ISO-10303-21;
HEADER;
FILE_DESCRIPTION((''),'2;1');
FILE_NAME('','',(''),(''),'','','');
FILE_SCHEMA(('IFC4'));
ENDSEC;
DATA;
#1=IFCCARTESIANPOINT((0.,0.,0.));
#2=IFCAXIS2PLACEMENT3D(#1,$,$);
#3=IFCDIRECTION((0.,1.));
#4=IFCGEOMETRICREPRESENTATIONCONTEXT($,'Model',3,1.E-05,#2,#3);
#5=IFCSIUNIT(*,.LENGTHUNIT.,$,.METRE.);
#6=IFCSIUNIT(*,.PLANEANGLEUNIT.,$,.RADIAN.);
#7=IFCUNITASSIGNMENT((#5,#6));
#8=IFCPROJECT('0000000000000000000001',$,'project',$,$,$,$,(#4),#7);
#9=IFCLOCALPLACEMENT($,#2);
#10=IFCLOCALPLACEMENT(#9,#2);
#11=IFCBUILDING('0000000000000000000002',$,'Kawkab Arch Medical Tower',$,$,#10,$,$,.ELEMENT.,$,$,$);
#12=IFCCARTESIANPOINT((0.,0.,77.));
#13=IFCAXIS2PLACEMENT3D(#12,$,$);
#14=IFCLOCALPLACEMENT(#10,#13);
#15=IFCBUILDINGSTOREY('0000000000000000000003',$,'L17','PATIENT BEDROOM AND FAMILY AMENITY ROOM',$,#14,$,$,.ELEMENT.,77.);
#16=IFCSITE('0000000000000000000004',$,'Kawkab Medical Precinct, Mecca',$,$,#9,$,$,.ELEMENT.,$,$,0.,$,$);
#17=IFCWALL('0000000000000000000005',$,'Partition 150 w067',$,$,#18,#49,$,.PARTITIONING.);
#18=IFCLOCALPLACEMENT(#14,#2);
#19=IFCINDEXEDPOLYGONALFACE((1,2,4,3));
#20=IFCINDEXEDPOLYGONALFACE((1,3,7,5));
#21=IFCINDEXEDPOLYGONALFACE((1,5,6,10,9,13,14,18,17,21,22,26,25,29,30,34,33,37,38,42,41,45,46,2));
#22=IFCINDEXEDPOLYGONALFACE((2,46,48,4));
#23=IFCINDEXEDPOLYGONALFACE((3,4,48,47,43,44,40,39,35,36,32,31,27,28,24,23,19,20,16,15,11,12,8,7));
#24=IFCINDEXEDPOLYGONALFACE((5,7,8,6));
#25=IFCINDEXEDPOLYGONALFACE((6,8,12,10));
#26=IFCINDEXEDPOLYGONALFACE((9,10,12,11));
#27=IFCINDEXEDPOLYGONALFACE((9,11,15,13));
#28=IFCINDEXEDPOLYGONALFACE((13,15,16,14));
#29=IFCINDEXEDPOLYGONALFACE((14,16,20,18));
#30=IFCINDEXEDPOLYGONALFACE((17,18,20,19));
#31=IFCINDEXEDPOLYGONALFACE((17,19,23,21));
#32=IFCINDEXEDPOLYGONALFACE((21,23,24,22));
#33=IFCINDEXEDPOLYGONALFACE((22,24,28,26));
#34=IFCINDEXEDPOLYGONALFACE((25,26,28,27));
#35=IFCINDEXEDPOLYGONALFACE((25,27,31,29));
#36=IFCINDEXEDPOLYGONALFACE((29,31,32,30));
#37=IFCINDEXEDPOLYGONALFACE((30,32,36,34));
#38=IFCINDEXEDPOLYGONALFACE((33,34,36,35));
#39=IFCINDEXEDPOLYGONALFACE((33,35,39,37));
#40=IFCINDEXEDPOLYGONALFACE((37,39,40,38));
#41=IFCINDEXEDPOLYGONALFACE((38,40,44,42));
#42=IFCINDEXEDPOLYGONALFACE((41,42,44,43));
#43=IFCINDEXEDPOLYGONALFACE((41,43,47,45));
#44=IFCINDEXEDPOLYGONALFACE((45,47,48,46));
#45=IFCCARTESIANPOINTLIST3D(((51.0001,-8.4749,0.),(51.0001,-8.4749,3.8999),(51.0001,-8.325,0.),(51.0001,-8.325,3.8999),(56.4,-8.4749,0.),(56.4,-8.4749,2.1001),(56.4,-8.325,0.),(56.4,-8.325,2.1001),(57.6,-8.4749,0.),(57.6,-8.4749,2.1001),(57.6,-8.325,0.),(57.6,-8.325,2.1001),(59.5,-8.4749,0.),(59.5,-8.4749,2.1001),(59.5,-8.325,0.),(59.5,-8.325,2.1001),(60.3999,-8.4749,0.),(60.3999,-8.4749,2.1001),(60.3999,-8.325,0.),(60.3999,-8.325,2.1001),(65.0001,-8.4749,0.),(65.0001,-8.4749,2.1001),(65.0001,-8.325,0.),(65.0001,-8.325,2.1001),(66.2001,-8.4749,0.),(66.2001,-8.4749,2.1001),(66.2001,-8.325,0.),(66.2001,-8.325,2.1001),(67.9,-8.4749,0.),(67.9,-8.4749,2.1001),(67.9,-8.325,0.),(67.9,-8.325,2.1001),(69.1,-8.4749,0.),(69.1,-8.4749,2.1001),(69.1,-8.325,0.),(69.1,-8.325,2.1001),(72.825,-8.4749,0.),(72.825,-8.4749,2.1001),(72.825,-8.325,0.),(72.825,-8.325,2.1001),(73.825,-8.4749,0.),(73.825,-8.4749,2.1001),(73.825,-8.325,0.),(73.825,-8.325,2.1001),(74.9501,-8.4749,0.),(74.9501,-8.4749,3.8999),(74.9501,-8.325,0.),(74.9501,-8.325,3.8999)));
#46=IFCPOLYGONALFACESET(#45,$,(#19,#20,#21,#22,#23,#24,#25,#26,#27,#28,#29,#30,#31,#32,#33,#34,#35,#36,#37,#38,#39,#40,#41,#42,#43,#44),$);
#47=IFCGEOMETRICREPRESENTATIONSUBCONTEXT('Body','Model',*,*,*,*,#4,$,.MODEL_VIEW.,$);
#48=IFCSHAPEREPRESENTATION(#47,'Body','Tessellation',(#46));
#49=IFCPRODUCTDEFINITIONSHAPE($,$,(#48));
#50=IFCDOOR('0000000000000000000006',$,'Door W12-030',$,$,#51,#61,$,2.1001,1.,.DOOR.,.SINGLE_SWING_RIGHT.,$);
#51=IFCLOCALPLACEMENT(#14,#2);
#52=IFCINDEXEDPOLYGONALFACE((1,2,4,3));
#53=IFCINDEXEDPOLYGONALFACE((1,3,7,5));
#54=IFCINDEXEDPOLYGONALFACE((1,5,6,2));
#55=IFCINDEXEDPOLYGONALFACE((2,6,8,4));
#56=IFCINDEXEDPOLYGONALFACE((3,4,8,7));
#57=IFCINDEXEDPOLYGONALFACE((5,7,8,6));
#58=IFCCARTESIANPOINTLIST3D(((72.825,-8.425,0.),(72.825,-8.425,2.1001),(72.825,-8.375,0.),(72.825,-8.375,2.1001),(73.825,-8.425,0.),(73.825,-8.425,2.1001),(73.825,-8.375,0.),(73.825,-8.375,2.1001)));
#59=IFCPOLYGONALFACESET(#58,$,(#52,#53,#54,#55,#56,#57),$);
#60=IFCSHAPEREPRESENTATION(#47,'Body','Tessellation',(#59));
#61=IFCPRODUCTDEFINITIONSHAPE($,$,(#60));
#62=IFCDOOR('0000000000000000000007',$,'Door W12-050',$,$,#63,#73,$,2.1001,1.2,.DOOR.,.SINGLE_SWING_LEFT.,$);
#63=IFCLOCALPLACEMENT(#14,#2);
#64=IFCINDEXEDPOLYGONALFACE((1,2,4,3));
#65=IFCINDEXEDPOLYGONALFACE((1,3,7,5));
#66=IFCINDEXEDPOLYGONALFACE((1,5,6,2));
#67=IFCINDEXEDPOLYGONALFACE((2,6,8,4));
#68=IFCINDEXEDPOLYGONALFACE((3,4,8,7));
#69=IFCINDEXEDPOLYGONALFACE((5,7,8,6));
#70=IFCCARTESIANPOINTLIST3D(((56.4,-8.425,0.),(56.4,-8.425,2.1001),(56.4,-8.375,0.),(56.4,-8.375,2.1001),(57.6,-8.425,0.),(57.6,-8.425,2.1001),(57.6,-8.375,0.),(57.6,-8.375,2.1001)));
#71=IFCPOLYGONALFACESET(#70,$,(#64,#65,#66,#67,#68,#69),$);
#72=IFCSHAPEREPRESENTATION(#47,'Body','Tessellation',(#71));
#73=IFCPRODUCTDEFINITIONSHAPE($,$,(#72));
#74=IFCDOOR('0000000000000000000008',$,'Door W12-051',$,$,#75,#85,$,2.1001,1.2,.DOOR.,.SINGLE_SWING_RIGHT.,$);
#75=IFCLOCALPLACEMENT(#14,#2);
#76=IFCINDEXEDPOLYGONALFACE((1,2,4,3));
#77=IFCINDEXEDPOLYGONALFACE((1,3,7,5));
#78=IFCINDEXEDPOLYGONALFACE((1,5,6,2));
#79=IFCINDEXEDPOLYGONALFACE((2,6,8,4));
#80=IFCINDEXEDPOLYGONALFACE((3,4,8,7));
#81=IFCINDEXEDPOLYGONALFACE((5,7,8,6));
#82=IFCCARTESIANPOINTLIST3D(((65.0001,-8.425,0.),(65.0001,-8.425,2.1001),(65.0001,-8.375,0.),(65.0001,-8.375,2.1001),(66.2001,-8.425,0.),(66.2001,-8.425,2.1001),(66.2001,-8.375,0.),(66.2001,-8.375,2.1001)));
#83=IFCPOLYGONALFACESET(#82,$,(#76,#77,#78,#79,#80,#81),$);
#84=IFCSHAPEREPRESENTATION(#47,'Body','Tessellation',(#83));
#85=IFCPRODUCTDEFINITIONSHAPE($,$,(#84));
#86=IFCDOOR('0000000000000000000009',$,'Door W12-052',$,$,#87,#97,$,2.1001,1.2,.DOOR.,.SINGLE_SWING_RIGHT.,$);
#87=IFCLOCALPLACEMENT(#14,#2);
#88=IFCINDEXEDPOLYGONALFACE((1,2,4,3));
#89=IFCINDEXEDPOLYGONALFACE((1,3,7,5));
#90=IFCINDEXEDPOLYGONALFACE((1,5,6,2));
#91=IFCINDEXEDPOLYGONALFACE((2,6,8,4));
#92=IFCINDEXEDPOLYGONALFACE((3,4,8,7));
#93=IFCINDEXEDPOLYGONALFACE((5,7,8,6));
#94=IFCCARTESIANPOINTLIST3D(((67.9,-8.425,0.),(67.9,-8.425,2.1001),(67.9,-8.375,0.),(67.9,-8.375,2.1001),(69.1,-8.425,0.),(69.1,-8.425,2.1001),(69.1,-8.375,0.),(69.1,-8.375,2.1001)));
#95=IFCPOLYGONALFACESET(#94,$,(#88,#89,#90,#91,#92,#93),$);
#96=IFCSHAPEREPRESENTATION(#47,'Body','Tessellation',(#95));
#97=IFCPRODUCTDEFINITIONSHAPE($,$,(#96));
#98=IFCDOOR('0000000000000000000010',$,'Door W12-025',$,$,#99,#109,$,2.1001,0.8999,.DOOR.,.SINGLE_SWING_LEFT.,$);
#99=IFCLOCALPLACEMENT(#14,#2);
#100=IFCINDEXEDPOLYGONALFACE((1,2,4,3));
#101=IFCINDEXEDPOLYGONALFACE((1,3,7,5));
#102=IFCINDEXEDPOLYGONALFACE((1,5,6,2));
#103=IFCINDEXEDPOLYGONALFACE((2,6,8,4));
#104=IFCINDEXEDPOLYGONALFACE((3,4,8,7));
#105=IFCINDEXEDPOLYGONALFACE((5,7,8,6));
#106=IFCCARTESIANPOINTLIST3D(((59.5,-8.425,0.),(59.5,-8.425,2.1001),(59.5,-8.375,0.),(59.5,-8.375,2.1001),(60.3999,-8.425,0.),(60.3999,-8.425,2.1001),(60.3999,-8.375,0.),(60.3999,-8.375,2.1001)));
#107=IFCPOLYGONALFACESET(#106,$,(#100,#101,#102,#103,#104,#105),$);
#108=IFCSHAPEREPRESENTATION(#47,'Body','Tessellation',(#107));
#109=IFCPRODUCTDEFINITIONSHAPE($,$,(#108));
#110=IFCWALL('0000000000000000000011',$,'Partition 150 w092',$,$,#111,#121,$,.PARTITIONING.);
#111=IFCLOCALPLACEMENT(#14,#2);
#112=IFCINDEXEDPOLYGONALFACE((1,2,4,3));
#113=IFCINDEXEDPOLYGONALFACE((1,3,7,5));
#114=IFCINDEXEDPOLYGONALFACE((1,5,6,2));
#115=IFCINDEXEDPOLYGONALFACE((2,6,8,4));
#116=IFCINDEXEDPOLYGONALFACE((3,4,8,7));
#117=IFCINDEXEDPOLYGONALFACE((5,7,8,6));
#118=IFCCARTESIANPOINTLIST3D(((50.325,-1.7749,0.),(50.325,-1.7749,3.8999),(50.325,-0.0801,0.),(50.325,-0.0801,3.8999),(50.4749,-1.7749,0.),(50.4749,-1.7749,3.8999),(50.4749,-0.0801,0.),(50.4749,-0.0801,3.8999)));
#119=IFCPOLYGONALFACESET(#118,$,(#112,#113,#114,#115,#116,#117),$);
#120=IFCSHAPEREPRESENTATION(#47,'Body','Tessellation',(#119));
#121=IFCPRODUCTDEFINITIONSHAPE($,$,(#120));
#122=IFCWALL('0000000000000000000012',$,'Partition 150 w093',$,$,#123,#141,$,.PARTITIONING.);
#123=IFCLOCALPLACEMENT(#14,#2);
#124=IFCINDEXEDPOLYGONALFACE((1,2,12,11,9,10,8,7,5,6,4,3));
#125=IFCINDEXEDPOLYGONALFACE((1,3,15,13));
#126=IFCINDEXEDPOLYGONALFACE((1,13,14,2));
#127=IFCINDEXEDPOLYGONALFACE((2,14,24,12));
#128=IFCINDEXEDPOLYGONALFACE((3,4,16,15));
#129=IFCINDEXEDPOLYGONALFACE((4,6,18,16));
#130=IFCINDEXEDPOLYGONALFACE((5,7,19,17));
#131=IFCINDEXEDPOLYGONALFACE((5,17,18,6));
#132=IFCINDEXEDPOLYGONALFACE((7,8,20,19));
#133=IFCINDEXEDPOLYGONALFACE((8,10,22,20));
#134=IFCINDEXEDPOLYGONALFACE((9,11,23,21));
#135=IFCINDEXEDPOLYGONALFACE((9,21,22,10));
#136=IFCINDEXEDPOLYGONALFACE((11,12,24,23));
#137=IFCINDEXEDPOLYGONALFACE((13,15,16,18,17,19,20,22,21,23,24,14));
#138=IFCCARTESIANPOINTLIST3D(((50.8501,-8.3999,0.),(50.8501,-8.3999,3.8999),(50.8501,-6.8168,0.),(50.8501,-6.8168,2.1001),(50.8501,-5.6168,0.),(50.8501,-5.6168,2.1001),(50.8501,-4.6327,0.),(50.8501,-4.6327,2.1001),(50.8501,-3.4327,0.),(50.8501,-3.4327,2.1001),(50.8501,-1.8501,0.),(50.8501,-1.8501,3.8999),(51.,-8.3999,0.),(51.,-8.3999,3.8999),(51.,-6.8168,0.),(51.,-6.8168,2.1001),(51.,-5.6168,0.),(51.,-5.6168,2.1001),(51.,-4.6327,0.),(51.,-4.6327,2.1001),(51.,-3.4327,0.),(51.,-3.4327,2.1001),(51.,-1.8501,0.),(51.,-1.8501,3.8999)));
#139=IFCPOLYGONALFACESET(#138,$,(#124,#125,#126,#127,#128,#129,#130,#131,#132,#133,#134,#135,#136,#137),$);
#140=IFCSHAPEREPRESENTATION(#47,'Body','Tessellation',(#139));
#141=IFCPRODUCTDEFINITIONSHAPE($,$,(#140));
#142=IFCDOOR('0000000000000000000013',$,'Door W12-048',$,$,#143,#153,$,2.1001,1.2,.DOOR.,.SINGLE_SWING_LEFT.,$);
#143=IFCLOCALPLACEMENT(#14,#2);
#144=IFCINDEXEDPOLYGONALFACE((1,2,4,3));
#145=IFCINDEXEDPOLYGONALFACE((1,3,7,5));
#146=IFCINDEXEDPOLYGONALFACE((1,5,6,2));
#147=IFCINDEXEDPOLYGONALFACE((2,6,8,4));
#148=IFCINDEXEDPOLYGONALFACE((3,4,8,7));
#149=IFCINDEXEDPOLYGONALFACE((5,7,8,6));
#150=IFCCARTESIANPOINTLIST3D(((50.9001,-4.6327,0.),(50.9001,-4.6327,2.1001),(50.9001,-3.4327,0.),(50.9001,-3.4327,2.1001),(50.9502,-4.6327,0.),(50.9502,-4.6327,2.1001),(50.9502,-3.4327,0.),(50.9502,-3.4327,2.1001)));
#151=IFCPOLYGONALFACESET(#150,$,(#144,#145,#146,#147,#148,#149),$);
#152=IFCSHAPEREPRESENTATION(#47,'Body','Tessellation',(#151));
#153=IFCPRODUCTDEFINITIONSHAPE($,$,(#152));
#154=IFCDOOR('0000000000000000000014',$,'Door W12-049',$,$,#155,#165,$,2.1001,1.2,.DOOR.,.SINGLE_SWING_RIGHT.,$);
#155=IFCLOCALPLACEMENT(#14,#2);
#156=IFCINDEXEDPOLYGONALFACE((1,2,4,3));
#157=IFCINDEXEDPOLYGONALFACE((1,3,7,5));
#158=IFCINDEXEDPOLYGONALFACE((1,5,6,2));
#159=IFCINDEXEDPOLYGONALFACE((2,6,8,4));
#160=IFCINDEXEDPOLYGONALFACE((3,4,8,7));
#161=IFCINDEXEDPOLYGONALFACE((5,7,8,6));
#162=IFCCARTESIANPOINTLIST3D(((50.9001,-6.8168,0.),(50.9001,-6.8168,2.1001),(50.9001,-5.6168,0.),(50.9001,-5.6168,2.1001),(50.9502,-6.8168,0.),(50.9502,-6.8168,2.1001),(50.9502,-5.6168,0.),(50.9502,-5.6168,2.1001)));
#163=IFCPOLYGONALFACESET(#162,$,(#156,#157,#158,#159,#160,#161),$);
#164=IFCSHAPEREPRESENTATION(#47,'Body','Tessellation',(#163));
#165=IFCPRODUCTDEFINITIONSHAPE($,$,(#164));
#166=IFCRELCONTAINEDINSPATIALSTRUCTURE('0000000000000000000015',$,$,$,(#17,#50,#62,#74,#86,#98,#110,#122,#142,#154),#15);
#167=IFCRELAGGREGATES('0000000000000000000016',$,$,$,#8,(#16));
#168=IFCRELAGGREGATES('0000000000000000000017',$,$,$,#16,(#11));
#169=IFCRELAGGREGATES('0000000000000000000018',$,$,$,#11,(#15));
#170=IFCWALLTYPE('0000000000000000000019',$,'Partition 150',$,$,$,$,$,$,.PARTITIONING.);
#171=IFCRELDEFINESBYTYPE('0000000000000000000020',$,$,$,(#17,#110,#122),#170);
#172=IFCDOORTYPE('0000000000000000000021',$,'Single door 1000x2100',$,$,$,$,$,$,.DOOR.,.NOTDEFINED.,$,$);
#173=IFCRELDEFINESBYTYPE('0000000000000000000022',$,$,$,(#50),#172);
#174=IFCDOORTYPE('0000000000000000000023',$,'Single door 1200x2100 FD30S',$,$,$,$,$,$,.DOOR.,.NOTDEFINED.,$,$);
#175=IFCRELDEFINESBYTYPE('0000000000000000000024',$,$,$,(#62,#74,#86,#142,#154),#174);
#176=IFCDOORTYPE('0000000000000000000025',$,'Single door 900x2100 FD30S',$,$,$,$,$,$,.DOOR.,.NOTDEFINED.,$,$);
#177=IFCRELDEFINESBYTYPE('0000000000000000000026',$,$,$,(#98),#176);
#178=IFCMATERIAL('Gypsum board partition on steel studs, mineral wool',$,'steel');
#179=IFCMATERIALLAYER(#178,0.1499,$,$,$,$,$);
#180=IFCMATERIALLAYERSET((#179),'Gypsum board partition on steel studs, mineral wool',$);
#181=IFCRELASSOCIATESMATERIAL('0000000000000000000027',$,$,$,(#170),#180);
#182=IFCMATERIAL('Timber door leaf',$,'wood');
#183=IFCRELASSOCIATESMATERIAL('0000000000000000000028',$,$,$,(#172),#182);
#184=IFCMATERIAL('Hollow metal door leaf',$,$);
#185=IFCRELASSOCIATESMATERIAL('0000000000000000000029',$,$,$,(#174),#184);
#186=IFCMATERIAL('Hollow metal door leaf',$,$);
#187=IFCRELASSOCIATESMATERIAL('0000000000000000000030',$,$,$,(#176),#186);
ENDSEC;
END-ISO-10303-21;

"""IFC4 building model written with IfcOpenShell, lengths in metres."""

from ifc_helpers import new_model, si_unit, direction, frame, frame_2d, origin, place, context, subcontext, project, spatial, rectangle, extrude, material, layer, layer_set, type_object, element, fill, save


model = new_model("IFC4")

# Units and contexts
model_context = context("Model", 3, precision=1e-05, world=origin(), true_north=direction((0.0, 1.0)))
body_context = subcontext(model_context, "Body", "Model", "MODEL_VIEW")
ifc_project = project(units=[si_unit("LENGTHUNIT", "METRE"), si_unit("PLANEANGLEUNIT", "RADIAN")], contexts=[model_context])

# Site, building, storey
site_placement = place(None, origin())
site = spatial("IfcSite", under=ifc_project, at=site_placement, Name="Kawkab Medical Precinct, Mecca", CompositionType="ELEMENT", RefElevation=0.0)
building_placement = place(site_placement, origin())
building = spatial("IfcBuilding", under=site, at=building_placement, Name="Kawkab Arch Medical Tower", CompositionType="ELEMENT")
storey_placement = place(building_placement, frame((0.0, 0.0, 77.0)))
storey = spatial("IfcBuildingStorey", under=building, at=storey_placement, Name="L17", Description="PATIENT BEDROOM AND FAMILY AMENITY ROOM", CompositionType="ELEMENT", Elevation=77.0)

# Wall, openings, doors
ifc_material_1 = material(Name="Gypsum board partition on steel studs, mineral wool", Category="steel")
ifc_layer_1 = layer(ifc_material_1, 0.1499)
ifc_layer_set_1 = layer_set([ifc_layer_1], Name="Gypsum board partition on steel studs, mineral wool")
wall_type_1 = type_object("IfcWallType", Name="Partition 150", PredefinedType="PARTITIONING", material=ifc_layer_set_1)
wall_1_placement = place(storey_placement, frame((51.0, -8.3999, 0.0), z_axis=(0.0, 0.0, 1.0), x_axis=(1.0, 0.0, 0.0)))
wall_1 = element("IfcWall", 1, at=wall_1_placement, inside=storey, type_object=wall_type_1, Name="Partition 150 w067", PredefinedType="PARTITIONING", context=body_context, shape_type="SweptSolid", body=[
    extrude(rectangle(XDim=23.95, YDim=0.1499, at=frame_2d((11.9751, 0.0))), origin(), (0.0, 0.0, 1.0), 3.8999),
])
opening_1_placement = place(wall_1_placement, frame((5.3999, 0.0, 0.0)))
opening_1 = element("IfcOpeningElement", 2, at=opening_1_placement, cuts=wall_1, PredefinedType="OPENING", context=body_context, shape_type="SweptSolid", body=[
    extrude(rectangle(XDim=1.2, YDim=2.1001, at=frame_2d((0.6001, 1.05))), frame((0.0, 0.085, 0.0), z_axis=(0.0, -1.0, 0.0), x_axis=(1.0, 0.0, 0.0)), (0.0, 0.0, 1.0), 0.1699),
])
opening_2_placement = place(wall_1_placement, frame((8.5, 0.0, 0.0)))
opening_2 = element("IfcOpeningElement", 3, at=opening_2_placement, cuts=wall_1, PredefinedType="OPENING", context=body_context, shape_type="SweptSolid", body=[
    extrude(rectangle(XDim=0.8999, YDim=2.1001, at=frame_2d((0.45, 1.05))), frame((0.0, 0.085, 0.0), z_axis=(0.0, -1.0, 0.0), x_axis=(1.0, 0.0, 0.0)), (0.0, 0.0, 1.0), 0.1699),
])
opening_3_placement = place(wall_1_placement, frame((14.0, 0.0, 0.0)))
opening_3 = element("IfcOpeningElement", 4, at=opening_3_placement, cuts=wall_1, PredefinedType="OPENING", context=body_context, shape_type="SweptSolid", body=[
    extrude(rectangle(XDim=1.2, YDim=2.1001, at=frame_2d((0.6001, 1.05))), frame((0.0, 0.085, 0.0), z_axis=(0.0, -1.0, 0.0), x_axis=(1.0, 0.0, 0.0)), (0.0, 0.0, 1.0), 0.1699),
])
opening_4_placement = place(wall_1_placement, frame((16.8999, 0.0, 0.0)))
opening_4 = element("IfcOpeningElement", 5, at=opening_4_placement, cuts=wall_1, PredefinedType="OPENING", context=body_context, shape_type="SweptSolid", body=[
    extrude(rectangle(XDim=1.2, YDim=2.1001, at=frame_2d((0.6001, 1.05))), frame((0.0, 0.085, 0.0), z_axis=(0.0, -1.0, 0.0), x_axis=(1.0, 0.0, 0.0)), (0.0, 0.0, 1.0), 0.1699),
])
opening_5_placement = place(wall_1_placement, frame((21.825, 0.0, 0.0)))
opening_5 = element("IfcOpeningElement", 6, at=opening_5_placement, cuts=wall_1, PredefinedType="OPENING", context=body_context, shape_type="SweptSolid", body=[
    extrude(rectangle(XDim=1.0, YDim=2.1001, at=frame_2d((0.5, 1.05))), frame((0.0, 0.085, 0.0), z_axis=(0.0, -1.0, 0.0), x_axis=(1.0, 0.0, 0.0)), (0.0, 0.0, 1.0), 0.1699),
])
ifc_material_2 = material(Name="Timber door leaf", Category="wood")
door_type_1 = type_object("IfcDoorType", Name="Single door 1000x2100", OperationType="NOTDEFINED", PredefinedType="DOOR", material=ifc_material_2)
door_1_placement = place(opening_5_placement, origin())
door_1 = element("IfcDoor", 7, at=door_1_placement, inside=storey, type_object=door_type_1, Name="Door W12-030", OperationType="SINGLE_SWING_RIGHT", OverallHeight=2.1001, OverallWidth=1.0, PredefinedType="DOOR", context=body_context, shape_type="SweptSolid", body=[
    extrude(rectangle(XDim=1.0, YDim=2.1001, at=frame_2d((0.5, 1.05))), frame((0.0, 0.0249, 0.0), z_axis=(0.0, -1.0, 0.0), x_axis=(1.0, 0.0, 0.0)), (0.0, 0.0, 1.0), 0.05),
])
fill(opening_5, door_1)
ifc_material_3 = material(Name="Hollow metal door leaf")
door_type_2 = type_object("IfcDoorType", Name="Single door 1200x2100 FD30S", OperationType="NOTDEFINED", PredefinedType="DOOR", material=ifc_material_3)
door_2_placement = place(opening_1_placement, origin())
door_2 = element("IfcDoor", 8, at=door_2_placement, inside=storey, type_object=door_type_2, Name="Door W12-050", OperationType="SINGLE_SWING_LEFT", OverallHeight=2.1001, OverallWidth=1.2, PredefinedType="DOOR", context=body_context, shape_type="SweptSolid", body=[
    extrude(rectangle(XDim=1.2, YDim=2.1001, at=frame_2d((0.6001, 1.05))), frame((0.0, 0.0249, 0.0), z_axis=(0.0, -1.0, 0.0), x_axis=(1.0, 0.0, 0.0)), (0.0, 0.0, 1.0), 0.05),
])
fill(opening_1, door_2)
door_3_placement = place(opening_3_placement, origin())
door_3 = element("IfcDoor", 9, at=door_3_placement, inside=storey, type_object=door_type_2, Name="Door W12-051", OperationType="SINGLE_SWING_RIGHT", OverallHeight=2.1001, OverallWidth=1.2, PredefinedType="DOOR", context=body_context, shape_type="SweptSolid", body=[
    extrude(rectangle(XDim=1.2, YDim=2.1001, at=frame_2d((0.6001, 1.05))), frame((0.0, 0.0249, 0.0), z_axis=(0.0, -1.0, 0.0), x_axis=(1.0, 0.0, 0.0)), (0.0, 0.0, 1.0), 0.05),
])
fill(opening_3, door_3)
door_4_placement = place(opening_4_placement, origin())
door_4 = element("IfcDoor", 10, at=door_4_placement, inside=storey, type_object=door_type_2, Name="Door W12-052", OperationType="SINGLE_SWING_RIGHT", OverallHeight=2.1001, OverallWidth=1.2, PredefinedType="DOOR", context=body_context, shape_type="SweptSolid", body=[
    extrude(rectangle(XDim=1.2, YDim=2.1001, at=frame_2d((0.6001, 1.05))), frame((0.0, 0.0249, 0.0), z_axis=(0.0, -1.0, 0.0), x_axis=(1.0, 0.0, 0.0)), (0.0, 0.0, 1.0), 0.05),
])
fill(opening_4, door_4)
ifc_material_4 = material(Name="Hollow metal door leaf")
door_type_3 = type_object("IfcDoorType", Name="Single door 900x2100 FD30S", OperationType="NOTDEFINED", PredefinedType="DOOR", material=ifc_material_4)
door_5_placement = place(opening_2_placement, origin())
door_5 = element("IfcDoor", 11, at=door_5_placement, inside=storey, type_object=door_type_3, Name="Door W12-025", OperationType="SINGLE_SWING_LEFT", OverallHeight=2.1001, OverallWidth=0.8999, PredefinedType="DOOR", context=body_context, shape_type="SweptSolid", body=[
    extrude(rectangle(XDim=0.8999, YDim=2.1001, at=frame_2d((0.45, 1.05))), frame((0.0, 0.0249, 0.0), z_axis=(0.0, -1.0, 0.0), x_axis=(1.0, 0.0, 0.0)), (0.0, 0.0, 1.0), 0.05),
])
fill(opening_2, door_5)

# Wall
wall_2_placement = place(storey_placement, frame((50.3999, -1.7749, 0.0), z_axis=(0.0, 0.0, 1.0), x_axis=(0.0, 1.0, 0.0)))
element("IfcWall", 12, at=wall_2_placement, inside=storey, type_object=wall_type_1, Name="Partition 150 w092", PredefinedType="PARTITIONING", context=body_context, shape_type="SweptSolid", body=[
    extrude(rectangle(XDim=1.6948, YDim=0.1499, at=frame_2d((0.8474, 0.0))), origin(), (0.0, 0.0, 1.0), 3.8999),
])

# Wall, openings, doors
wall_3_placement = place(storey_placement, frame((50.925, -8.3999, 0.0), z_axis=(0.0, 0.0, 1.0), x_axis=(0.0, 1.0, 0.0)))
wall_3 = element("IfcWall", 13, at=wall_3_placement, inside=storey, type_object=wall_type_1, Name="Partition 150 w093", PredefinedType="PARTITIONING", context=body_context, shape_type="SweptSolid", body=[
    extrude(rectangle(XDim=6.5498, YDim=0.1499, at=frame_2d((3.2749, 0.0))), origin(), (0.0, 0.0, 1.0), 3.8999),
])
opening_6_placement = place(wall_3_placement, frame((3.7671, 0.0, 0.0)))
opening_6 = element("IfcOpeningElement", 14, at=opening_6_placement, cuts=wall_3, PredefinedType="OPENING", context=body_context, shape_type="SweptSolid", body=[
    extrude(rectangle(XDim=1.2, YDim=2.1001, at=frame_2d((0.6001, 1.05))), frame((0.0, 0.085, 0.0), z_axis=(0.0, -1.0, 0.0), x_axis=(1.0, 0.0, 0.0)), (0.0, 0.0, 1.0), 0.1699),
])
opening_7_placement = place(wall_3_placement, frame((1.583, 0.0, 0.0)))
opening_7 = element("IfcOpeningElement", 15, at=opening_7_placement, cuts=wall_3, PredefinedType="OPENING", context=body_context, shape_type="SweptSolid", body=[
    extrude(rectangle(XDim=1.2, YDim=2.1001, at=frame_2d((0.6001, 1.05))), frame((0.0, 0.085, 0.0), z_axis=(0.0, -1.0, 0.0), x_axis=(1.0, 0.0, 0.0)), (0.0, 0.0, 1.0), 0.1699),
])
door_6_placement = place(opening_6_placement, origin())
door_6 = element("IfcDoor", 16, at=door_6_placement, inside=storey, type_object=door_type_2, Name="Door W12-048", OperationType="SINGLE_SWING_LEFT", OverallHeight=2.1001, OverallWidth=1.2, PredefinedType="DOOR", context=body_context, shape_type="SweptSolid", body=[
    extrude(rectangle(XDim=1.2, YDim=2.1001, at=frame_2d((0.6001, 1.05))), frame((0.0, 0.0249, 0.0), z_axis=(0.0, -1.0, 0.0), x_axis=(1.0, 0.0, 0.0)), (0.0, 0.0, 1.0), 0.05),
])
fill(opening_6, door_6)
door_7_placement = place(opening_7_placement, origin())
door_7 = element("IfcDoor", 17, at=door_7_placement, inside=storey, type_object=door_type_2, Name="Door W12-049", OperationType="SINGLE_SWING_RIGHT", OverallHeight=2.1001, OverallWidth=1.2, PredefinedType="DOOR", context=body_context, shape_type="SweptSolid", body=[
    extrude(rectangle(XDim=1.2, YDim=2.1001, at=frame_2d((0.6001, 1.05))), frame((0.0, 0.0249, 0.0), z_axis=(0.0, -1.0, 0.0), x_axis=(1.0, 0.0, 0.0)), (0.0, 0.0, 1.0), 0.05),
])
fill(opening_7, door_7)

save(model, "model.ifc")
